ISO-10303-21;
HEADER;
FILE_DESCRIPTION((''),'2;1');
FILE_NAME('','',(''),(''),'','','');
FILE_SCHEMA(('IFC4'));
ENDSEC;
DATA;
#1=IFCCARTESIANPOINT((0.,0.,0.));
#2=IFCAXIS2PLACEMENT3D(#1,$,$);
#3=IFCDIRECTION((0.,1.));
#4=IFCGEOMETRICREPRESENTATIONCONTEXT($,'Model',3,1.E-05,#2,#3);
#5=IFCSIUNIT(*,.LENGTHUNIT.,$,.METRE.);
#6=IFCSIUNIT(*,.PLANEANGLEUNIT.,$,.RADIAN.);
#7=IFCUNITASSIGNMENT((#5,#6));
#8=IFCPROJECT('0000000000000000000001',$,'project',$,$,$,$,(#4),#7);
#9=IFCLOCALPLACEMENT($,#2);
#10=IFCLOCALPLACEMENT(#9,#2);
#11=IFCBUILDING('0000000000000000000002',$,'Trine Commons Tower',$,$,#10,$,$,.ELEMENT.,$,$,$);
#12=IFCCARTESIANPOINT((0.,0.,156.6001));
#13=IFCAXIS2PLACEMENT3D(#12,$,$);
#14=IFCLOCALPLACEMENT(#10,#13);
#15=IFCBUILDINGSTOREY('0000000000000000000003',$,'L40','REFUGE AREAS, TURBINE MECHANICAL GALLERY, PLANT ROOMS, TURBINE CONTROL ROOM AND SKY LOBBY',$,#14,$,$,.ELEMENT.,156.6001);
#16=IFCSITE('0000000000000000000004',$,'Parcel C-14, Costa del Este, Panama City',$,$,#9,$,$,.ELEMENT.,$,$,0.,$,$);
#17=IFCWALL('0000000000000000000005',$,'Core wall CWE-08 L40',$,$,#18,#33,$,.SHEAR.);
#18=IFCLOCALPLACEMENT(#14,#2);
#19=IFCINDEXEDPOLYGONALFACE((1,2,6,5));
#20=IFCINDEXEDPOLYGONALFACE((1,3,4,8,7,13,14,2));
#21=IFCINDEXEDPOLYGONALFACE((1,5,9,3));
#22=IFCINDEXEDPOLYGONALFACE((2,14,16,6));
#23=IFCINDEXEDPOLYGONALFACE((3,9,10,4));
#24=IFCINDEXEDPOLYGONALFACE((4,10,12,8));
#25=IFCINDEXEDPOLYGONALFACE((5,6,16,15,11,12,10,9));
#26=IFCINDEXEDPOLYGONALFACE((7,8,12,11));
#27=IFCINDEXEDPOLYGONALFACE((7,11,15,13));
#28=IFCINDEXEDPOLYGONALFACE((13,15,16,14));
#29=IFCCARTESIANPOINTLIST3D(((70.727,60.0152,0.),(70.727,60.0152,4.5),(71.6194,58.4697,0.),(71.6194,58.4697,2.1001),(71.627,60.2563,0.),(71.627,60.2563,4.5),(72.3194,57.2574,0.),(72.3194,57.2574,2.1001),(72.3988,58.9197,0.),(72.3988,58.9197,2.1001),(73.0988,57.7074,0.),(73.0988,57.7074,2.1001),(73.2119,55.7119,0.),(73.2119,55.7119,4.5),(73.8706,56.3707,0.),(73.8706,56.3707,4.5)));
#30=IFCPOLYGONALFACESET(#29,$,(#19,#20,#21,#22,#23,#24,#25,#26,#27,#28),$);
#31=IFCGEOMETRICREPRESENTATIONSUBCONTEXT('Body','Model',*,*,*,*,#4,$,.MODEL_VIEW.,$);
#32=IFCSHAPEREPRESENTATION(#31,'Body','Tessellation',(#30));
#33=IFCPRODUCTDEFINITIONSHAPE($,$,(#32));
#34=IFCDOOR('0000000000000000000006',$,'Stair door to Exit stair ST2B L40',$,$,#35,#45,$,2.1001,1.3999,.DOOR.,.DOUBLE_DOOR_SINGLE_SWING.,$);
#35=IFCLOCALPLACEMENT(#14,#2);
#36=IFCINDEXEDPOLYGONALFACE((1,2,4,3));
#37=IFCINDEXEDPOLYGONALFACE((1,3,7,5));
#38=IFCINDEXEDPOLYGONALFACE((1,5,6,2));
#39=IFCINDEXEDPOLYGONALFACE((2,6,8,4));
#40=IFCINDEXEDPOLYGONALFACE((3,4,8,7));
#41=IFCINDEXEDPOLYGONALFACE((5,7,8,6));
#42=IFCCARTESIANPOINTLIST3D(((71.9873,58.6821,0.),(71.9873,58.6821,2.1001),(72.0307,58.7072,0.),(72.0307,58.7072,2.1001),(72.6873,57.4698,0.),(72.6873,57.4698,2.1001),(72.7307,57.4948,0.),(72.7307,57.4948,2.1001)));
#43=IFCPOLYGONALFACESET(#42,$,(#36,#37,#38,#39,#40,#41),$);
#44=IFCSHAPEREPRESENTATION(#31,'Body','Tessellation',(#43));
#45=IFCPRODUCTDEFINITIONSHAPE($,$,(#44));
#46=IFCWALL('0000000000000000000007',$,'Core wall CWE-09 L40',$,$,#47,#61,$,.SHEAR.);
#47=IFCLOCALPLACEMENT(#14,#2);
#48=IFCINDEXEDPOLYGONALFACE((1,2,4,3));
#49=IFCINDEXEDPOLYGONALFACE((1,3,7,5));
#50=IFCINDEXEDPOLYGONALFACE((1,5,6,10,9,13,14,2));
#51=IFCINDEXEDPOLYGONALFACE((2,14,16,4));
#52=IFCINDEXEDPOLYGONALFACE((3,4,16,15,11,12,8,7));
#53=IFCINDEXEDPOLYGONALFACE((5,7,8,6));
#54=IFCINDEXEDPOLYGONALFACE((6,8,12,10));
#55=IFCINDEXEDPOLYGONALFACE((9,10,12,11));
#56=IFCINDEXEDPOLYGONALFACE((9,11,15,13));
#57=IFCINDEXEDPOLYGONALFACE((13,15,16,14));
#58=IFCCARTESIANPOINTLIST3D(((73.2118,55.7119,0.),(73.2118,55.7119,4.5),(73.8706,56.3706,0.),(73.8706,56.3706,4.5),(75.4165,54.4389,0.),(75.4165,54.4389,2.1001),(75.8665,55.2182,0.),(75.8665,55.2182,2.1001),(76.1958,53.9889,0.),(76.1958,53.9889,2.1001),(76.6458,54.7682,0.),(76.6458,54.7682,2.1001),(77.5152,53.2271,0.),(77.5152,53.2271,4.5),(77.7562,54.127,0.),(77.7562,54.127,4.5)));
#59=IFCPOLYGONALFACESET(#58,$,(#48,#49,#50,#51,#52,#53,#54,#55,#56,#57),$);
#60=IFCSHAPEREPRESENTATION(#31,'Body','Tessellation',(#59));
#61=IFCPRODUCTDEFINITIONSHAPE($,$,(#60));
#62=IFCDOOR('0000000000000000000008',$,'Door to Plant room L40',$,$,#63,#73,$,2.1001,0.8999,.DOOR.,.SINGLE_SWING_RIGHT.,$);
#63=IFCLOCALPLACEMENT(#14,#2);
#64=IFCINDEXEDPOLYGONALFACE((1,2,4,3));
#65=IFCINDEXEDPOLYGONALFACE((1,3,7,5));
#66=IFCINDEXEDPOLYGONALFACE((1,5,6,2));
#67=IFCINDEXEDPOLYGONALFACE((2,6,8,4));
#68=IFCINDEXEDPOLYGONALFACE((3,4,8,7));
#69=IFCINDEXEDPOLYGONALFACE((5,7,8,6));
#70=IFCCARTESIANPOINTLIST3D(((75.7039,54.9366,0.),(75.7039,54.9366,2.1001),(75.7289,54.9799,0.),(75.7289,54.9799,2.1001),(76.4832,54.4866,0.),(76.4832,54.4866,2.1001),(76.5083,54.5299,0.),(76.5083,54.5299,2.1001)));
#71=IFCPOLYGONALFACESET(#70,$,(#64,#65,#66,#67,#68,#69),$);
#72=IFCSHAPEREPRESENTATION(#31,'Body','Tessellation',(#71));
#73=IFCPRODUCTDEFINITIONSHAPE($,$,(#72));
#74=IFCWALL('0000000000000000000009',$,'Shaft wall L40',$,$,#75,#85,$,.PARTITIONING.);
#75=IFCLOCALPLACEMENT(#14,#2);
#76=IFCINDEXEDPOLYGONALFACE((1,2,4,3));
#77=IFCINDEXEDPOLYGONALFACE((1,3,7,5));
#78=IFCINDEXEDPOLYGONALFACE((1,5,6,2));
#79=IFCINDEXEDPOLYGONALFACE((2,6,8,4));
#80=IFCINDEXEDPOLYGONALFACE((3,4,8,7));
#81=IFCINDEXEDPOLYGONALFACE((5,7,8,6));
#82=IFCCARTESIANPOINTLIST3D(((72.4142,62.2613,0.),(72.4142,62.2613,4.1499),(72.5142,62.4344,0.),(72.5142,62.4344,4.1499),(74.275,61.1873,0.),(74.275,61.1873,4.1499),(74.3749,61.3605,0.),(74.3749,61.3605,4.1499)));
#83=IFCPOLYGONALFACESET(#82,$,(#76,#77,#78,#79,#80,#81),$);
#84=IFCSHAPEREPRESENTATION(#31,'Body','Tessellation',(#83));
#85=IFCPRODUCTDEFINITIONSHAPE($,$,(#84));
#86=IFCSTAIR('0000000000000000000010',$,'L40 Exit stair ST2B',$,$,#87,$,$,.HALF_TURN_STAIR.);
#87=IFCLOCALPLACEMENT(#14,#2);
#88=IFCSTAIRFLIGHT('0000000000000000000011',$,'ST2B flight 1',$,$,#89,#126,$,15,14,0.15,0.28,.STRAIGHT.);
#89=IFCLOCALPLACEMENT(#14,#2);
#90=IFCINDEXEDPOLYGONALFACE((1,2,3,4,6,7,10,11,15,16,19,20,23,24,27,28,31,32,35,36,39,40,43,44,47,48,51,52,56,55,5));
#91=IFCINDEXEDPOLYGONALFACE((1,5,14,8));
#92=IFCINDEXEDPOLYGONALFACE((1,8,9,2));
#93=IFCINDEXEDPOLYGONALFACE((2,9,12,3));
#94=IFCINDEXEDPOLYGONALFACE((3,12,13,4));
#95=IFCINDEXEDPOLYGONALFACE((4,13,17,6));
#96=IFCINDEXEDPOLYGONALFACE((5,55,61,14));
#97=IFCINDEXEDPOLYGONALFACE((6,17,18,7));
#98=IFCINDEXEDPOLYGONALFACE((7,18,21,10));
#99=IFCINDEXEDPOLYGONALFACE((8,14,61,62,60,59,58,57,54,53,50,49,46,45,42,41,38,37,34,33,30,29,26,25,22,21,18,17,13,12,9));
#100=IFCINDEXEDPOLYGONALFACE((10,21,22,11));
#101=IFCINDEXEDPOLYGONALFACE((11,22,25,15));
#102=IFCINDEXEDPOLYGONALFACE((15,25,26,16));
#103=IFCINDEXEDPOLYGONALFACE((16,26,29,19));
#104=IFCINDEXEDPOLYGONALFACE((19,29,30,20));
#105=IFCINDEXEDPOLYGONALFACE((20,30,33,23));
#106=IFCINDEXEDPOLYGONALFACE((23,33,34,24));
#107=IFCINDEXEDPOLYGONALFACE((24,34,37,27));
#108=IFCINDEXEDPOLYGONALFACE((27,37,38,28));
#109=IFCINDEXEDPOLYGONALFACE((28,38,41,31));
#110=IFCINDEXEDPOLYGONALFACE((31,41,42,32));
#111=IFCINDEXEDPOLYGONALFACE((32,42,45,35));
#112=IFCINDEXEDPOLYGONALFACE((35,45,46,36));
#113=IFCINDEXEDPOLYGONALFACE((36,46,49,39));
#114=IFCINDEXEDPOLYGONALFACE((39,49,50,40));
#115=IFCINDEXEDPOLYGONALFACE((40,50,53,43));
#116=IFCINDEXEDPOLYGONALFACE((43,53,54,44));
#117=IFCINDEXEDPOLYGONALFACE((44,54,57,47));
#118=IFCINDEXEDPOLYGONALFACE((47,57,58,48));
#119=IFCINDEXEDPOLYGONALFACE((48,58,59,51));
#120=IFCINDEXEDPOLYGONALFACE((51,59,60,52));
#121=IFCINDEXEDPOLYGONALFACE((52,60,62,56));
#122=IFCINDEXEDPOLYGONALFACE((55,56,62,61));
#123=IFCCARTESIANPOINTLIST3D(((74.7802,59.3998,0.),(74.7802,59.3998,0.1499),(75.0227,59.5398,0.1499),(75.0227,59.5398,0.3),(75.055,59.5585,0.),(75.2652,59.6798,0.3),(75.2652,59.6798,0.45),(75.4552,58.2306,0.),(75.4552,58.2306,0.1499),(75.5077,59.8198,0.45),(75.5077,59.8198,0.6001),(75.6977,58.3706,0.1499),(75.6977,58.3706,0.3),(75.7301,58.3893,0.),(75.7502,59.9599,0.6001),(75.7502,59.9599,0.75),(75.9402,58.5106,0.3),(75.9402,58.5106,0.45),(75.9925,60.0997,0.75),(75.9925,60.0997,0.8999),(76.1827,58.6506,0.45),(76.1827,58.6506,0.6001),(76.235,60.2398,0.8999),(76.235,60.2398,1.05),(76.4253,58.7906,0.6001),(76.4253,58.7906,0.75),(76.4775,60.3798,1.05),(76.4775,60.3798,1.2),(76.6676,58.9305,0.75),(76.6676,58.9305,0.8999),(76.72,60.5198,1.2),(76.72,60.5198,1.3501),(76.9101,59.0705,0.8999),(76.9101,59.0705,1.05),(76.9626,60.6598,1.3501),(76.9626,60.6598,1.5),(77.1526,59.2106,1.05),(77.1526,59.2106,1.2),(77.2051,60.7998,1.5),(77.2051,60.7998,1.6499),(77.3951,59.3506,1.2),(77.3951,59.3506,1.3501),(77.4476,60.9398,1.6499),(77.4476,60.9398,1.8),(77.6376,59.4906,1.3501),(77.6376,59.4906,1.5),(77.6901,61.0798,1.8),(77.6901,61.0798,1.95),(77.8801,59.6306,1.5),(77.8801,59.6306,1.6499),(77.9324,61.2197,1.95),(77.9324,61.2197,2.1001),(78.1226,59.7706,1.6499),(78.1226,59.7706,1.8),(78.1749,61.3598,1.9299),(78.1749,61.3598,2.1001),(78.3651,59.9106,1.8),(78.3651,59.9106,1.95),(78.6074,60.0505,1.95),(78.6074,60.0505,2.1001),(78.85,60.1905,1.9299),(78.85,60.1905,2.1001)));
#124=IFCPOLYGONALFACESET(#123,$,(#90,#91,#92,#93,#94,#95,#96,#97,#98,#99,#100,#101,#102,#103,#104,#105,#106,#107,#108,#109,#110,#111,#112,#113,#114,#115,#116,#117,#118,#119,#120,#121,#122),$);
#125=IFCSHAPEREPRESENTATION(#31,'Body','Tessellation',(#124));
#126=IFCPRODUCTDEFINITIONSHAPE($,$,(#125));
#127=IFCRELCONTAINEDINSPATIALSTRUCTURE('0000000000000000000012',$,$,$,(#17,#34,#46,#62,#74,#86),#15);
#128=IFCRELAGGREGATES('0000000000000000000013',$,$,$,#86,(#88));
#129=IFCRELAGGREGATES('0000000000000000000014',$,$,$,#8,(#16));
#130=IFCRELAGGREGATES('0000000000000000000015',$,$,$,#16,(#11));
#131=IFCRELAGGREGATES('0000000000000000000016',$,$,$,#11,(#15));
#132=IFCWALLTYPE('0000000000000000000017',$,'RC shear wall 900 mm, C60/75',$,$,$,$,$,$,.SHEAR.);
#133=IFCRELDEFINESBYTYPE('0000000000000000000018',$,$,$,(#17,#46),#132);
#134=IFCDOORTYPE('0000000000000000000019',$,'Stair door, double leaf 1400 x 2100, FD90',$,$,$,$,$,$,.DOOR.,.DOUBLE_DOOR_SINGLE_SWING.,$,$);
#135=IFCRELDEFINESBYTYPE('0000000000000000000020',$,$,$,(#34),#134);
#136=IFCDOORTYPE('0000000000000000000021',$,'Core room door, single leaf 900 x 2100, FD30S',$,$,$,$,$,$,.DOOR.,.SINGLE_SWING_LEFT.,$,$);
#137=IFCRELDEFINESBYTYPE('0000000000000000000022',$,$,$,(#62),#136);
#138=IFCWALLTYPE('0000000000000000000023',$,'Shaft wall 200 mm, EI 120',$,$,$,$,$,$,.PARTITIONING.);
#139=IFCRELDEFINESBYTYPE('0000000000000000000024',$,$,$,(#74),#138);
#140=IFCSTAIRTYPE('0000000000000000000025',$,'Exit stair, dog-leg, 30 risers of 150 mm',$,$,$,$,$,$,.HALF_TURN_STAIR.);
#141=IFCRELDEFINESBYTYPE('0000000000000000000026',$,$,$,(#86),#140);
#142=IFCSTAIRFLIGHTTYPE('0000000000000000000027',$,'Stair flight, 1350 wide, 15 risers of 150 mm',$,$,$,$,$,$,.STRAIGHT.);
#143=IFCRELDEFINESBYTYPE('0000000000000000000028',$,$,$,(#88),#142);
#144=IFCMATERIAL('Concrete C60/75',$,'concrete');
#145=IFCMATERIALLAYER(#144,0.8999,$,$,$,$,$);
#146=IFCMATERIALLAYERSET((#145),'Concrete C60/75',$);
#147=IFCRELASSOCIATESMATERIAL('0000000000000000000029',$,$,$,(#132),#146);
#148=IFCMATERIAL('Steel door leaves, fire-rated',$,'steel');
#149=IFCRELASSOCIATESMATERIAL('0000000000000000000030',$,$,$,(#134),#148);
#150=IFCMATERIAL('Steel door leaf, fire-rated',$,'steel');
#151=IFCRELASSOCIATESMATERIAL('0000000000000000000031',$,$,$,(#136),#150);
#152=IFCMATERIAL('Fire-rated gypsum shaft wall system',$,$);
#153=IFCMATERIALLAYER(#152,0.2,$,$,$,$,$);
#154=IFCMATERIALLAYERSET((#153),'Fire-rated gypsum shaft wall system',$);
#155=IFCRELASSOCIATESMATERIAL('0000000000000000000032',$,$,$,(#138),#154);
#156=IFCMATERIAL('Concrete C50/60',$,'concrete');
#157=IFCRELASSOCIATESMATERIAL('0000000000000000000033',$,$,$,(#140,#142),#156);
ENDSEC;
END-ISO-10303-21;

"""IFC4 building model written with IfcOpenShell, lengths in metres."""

from ifc_helpers import new_model, si_unit, direction, frame, frame_2d, origin, place, context, subcontext, project, spatial, polyline, rectangle, outline, extrude, material, layer, layer_set, type_object, element, fill, aggregate, save


model = new_model("IFC4")

# Units and contexts
model_context = context("Model", 3, precision=1e-05, world=origin(), true_north=direction((0.0, 1.0)))
body_context = subcontext(model_context, "Body", "Model", "MODEL_VIEW")
ifc_project = project(units=[si_unit("LENGTHUNIT", "METRE"), si_unit("PLANEANGLEUNIT", "RADIAN")], contexts=[model_context])

# Site, building, storey
site_placement = place(None, origin())
site = spatial("IfcSite", under=ifc_project, at=site_placement, Name="Parcel C-14, Costa del Este, Panama City", CompositionType="ELEMENT", RefElevation=0.0)
building_placement = place(site_placement, origin())
building = spatial("IfcBuilding", under=site, at=building_placement, Name="Trine Commons Tower", CompositionType="ELEMENT")
storey_placement = place(building_placement, frame((0.0, 0.0, 156.6001)))
storey = spatial("IfcBuildingStorey", under=building, at=storey_placement, Name="L40", Description="REFUGE AREAS, TURBINE MECHANICAL GALLERY, PLANT ROOMS, TURBINE CONTROL ROOM AND SKY LOBBY", CompositionType="ELEMENT", Elevation=156.6001)

# Walls, openings, doors
ifc_material_1 = material(Name="Concrete C60/75", Category="concrete")
ifc_layer_1 = layer(ifc_material_1, 0.8999)
ifc_layer_set_1 = layer_set([ifc_layer_1], Name="Concrete C60/75")
wall_type_1 = type_object("IfcWallType", Name="RC shear wall 900 mm, C60/75", PredefinedType="SHEAR", material=ifc_layer_set_1)
wall_1_placement = place(storey_placement, frame((71.1167, 60.2402, 0.0), z_axis=(0.0, 0.0, 1.0), x_axis=(0.500039, -0.866003, 0.0)))
wall_1 = element("IfcWall", 1, at=wall_1_placement, inside=storey, type_object=wall_type_1, Name="Core wall CWE-08 L40", PredefinedType="SHEAR", context=body_context, shape_type="SweptSolid", body=[
    extrude(outline(polyline([(0.0, -0.45), (4.9692, -0.45), (4.728, 0.45), (0.2412, 0.45), (0.0, -0.45)])), origin(), (0.0, 0.0, 1.0), 4.5),
])
opening_1_placement = place(wall_1_placement, frame((1.7847, 0.0, 0.0)))
opening_1 = element("IfcOpeningElement", 2, at=opening_1_placement, cuts=wall_1, PredefinedType="OPENING", context=body_context, shape_type="SweptSolid", body=[
    extrude(rectangle(XDim=1.3999, YDim=2.1001, at=frame_2d((0.7, 1.05))), frame((0.0, 0.46, 0.0), z_axis=(0.0, -1.0, 0.0), x_axis=(1.0, 0.0, 0.0)), (0.0, 0.0, 1.0), 0.9199),
])
ifc_material_2 = material(Name="Steel door leaves, fire-rated", Category="steel")
door_type_1 = type_object("IfcDoorType", Name="Stair door, double leaf 1400 x 2100, FD90", OperationType="DOUBLE_DOOR_SINGLE_SWING", PredefinedType="DOOR", material=ifc_material_2)
door_1_placement = place(opening_1_placement, origin())
door_1 = element("IfcDoor", 3, at=door_1_placement, inside=storey, type_object=door_type_1, Name="Stair door to Exit stair ST2B L40", OperationType="DOUBLE_DOOR_SINGLE_SWING", OverallHeight=2.1001, OverallWidth=1.3999, PredefinedType="DOOR", context=body_context, shape_type="SweptSolid", body=[
    extrude(rectangle(XDim=1.3999, YDim=2.1001, at=frame_2d((0.7, 1.05))), frame((0.0, 0.0249, 0.0), z_axis=(0.0, -1.0, 0.0), x_axis=(1.0, 0.0, 0.0)), (0.0, 0.0, 1.0), 0.05),
])
fill(opening_1, door_1)
wall_2_placement = place(storey_placement, frame((73.4368, 56.1016, 0.0), z_axis=(0.0, 0.0, 1.0), x_axis=(0.866003, -0.500039, 0.0)))
wall_2 = element("IfcWall", 4, at=wall_2_placement, inside=storey, type_object=wall_type_1, Name="Core wall CWE-09 L40", PredefinedType="SHEAR", context=body_context, shape_type="SweptSolid", body=[
    extrude(outline(polyline([(0.0, -0.45), (4.9692, -0.45), (4.728, 0.45), (0.2412, 0.45), (0.0, -0.45)])), origin(), (0.0, 0.0, 1.0), 4.5),
])
opening_2_placement = place(wall_2_placement, frame((2.5459, 0.0, 0.0)))
opening_2 = element("IfcOpeningElement", 5, at=opening_2_placement, cuts=wall_2, PredefinedType="OPENING", context=body_context, shape_type="SweptSolid", body=[
    extrude(rectangle(XDim=0.8999, YDim=2.1001, at=frame_2d((0.45, 1.05))), frame((0.0, 0.46, 0.0), z_axis=(0.0, -1.0, 0.0), x_axis=(1.0, 0.0, 0.0)), (0.0, 0.0, 1.0), 0.9199),
])
ifc_material_3 = material(Name="Steel door leaf, fire-rated", Category="steel")
door_type_2 = type_object("IfcDoorType", Name="Core room door, single leaf 900 x 2100, FD30S", OperationType="SINGLE_SWING_LEFT", PredefinedType="DOOR", material=ifc_material_3)
door_2_placement = place(opening_2_placement, origin())
door_2 = element("IfcDoor", 6, at=door_2_placement, inside=storey, type_object=door_type_2, Name="Door to Plant room L40", OperationType="SINGLE_SWING_RIGHT", OverallHeight=2.1001, OverallWidth=0.8999, PredefinedType="DOOR", context=body_context, shape_type="SweptSolid", body=[
    extrude(rectangle(XDim=0.8999, YDim=2.1001, at=frame_2d((0.45, 1.05))), frame((0.0, 0.1748, 0.0), z_axis=(0.0, -1.0, 0.0), x_axis=(1.0, 0.0, 0.0)), (0.0, 0.0, 1.0), 0.05),
])
fill(opening_2, door_2)

# Wall
ifc_material_4 = material(Name="Fire-rated gypsum shaft wall system")
ifc_layer_2 = layer(ifc_material_4, 0.2)
ifc_layer_set_2 = layer_set([ifc_layer_2], Name="Fire-rated gypsum shaft wall system")
wall_type_2 = type_object("IfcWallType", Name="Shaft wall 200 mm, EI 120", PredefinedType="PARTITIONING", material=ifc_layer_set_2)
wall_3_placement = place(storey_placement, frame((74.325, 61.2739, 0.0), z_axis=(0.0, 0.0, 1.0), x_axis=(-0.866102, 0.499867, 0.0)))
element("IfcWall", 7, at=wall_3_placement, inside=storey, type_object=wall_type_2, Name="Shaft wall L40", PredefinedType="PARTITIONING", context=body_context, shape_type="SweptSolid", body=[
    extrude(rectangle(XDim=2.1484, YDim=0.2, at=frame_2d((1.0742, 0.0))), origin(), (0.0, 0.0, 1.0), 4.1499),
])

# Stair, stair flight
ifc_material_5 = material(Name="Concrete C50/60", Category="concrete")
stair_type = type_object("IfcStairType", Name="Exit stair, dog-leg, 30 risers of 150 mm", PredefinedType="HALF_TURN_STAIR", material=ifc_material_5)
stair_placement = place(storey_placement, origin())
stair = element("IfcStair", 8, at=stair_placement, inside=storey, type_object=stair_type, Name="L40 Exit stair ST2B", PredefinedType="HALF_TURN_STAIR")
stair_flight_type = type_object("IfcStairFlightType", Name="Stair flight, 1350 wide, 15 risers of 150 mm", PredefinedType="STRAIGHT", material=ifc_material_5)
stair_flight_placement = place(storey_placement, frame((75.1177, 58.8152, 0.0), z_axis=(0.0, 0.0, 1.0), x_axis=(0.866025, 0.5, 0.0)))
stair_flight = element("IfcStairFlight", 9, at=stair_flight_placement, type_object=stair_flight_type, Name="ST2B flight 1", NumberOfRisers=15, NumberOfTreads=14, PredefinedType="STRAIGHT", RiserHeight=0.15, TreadLength=0.28, context=body_context, shape_type="SweptSolid", body=[
    extrude(outline(polyline([(0.0, 0.0), (0.0, 0.1499), (0.28, 0.1499), (0.28, 0.3), (0.5601, 0.3), (0.5601, 0.45), (0.8401, 0.45), (0.8401, 0.6001), (1.1201, 0.6001), (1.1201, 0.75), (1.3999, 0.75), (1.3999, 0.8999), (1.6799, 0.8999), (1.6799, 1.05), (1.96, 1.05), (1.96, 1.2), (2.24, 1.2), (2.24, 1.3501), (2.52, 1.3501), (2.52, 1.5), (2.8, 1.5), (2.8, 1.6499), (3.0801, 1.6499), (3.0801, 1.8), (3.3601, 1.8), (3.3601, 1.95), (3.6399, 1.95), (3.6399, 2.1001), (3.9199, 2.1001), (3.9199, 2.25), (3.9199, 1.9299), (0.3174, 0.0), (0.0, 0.0)])), frame((0.0, 0.675, 0.0), z_axis=(0.0, -1.0, 0.0), x_axis=(1.0, 0.0, 0.0)), (0.0, 0.0, 1.0), 1.3501),
])
aggregate(stair, [stair_flight])

save(model, "model.ifc")
